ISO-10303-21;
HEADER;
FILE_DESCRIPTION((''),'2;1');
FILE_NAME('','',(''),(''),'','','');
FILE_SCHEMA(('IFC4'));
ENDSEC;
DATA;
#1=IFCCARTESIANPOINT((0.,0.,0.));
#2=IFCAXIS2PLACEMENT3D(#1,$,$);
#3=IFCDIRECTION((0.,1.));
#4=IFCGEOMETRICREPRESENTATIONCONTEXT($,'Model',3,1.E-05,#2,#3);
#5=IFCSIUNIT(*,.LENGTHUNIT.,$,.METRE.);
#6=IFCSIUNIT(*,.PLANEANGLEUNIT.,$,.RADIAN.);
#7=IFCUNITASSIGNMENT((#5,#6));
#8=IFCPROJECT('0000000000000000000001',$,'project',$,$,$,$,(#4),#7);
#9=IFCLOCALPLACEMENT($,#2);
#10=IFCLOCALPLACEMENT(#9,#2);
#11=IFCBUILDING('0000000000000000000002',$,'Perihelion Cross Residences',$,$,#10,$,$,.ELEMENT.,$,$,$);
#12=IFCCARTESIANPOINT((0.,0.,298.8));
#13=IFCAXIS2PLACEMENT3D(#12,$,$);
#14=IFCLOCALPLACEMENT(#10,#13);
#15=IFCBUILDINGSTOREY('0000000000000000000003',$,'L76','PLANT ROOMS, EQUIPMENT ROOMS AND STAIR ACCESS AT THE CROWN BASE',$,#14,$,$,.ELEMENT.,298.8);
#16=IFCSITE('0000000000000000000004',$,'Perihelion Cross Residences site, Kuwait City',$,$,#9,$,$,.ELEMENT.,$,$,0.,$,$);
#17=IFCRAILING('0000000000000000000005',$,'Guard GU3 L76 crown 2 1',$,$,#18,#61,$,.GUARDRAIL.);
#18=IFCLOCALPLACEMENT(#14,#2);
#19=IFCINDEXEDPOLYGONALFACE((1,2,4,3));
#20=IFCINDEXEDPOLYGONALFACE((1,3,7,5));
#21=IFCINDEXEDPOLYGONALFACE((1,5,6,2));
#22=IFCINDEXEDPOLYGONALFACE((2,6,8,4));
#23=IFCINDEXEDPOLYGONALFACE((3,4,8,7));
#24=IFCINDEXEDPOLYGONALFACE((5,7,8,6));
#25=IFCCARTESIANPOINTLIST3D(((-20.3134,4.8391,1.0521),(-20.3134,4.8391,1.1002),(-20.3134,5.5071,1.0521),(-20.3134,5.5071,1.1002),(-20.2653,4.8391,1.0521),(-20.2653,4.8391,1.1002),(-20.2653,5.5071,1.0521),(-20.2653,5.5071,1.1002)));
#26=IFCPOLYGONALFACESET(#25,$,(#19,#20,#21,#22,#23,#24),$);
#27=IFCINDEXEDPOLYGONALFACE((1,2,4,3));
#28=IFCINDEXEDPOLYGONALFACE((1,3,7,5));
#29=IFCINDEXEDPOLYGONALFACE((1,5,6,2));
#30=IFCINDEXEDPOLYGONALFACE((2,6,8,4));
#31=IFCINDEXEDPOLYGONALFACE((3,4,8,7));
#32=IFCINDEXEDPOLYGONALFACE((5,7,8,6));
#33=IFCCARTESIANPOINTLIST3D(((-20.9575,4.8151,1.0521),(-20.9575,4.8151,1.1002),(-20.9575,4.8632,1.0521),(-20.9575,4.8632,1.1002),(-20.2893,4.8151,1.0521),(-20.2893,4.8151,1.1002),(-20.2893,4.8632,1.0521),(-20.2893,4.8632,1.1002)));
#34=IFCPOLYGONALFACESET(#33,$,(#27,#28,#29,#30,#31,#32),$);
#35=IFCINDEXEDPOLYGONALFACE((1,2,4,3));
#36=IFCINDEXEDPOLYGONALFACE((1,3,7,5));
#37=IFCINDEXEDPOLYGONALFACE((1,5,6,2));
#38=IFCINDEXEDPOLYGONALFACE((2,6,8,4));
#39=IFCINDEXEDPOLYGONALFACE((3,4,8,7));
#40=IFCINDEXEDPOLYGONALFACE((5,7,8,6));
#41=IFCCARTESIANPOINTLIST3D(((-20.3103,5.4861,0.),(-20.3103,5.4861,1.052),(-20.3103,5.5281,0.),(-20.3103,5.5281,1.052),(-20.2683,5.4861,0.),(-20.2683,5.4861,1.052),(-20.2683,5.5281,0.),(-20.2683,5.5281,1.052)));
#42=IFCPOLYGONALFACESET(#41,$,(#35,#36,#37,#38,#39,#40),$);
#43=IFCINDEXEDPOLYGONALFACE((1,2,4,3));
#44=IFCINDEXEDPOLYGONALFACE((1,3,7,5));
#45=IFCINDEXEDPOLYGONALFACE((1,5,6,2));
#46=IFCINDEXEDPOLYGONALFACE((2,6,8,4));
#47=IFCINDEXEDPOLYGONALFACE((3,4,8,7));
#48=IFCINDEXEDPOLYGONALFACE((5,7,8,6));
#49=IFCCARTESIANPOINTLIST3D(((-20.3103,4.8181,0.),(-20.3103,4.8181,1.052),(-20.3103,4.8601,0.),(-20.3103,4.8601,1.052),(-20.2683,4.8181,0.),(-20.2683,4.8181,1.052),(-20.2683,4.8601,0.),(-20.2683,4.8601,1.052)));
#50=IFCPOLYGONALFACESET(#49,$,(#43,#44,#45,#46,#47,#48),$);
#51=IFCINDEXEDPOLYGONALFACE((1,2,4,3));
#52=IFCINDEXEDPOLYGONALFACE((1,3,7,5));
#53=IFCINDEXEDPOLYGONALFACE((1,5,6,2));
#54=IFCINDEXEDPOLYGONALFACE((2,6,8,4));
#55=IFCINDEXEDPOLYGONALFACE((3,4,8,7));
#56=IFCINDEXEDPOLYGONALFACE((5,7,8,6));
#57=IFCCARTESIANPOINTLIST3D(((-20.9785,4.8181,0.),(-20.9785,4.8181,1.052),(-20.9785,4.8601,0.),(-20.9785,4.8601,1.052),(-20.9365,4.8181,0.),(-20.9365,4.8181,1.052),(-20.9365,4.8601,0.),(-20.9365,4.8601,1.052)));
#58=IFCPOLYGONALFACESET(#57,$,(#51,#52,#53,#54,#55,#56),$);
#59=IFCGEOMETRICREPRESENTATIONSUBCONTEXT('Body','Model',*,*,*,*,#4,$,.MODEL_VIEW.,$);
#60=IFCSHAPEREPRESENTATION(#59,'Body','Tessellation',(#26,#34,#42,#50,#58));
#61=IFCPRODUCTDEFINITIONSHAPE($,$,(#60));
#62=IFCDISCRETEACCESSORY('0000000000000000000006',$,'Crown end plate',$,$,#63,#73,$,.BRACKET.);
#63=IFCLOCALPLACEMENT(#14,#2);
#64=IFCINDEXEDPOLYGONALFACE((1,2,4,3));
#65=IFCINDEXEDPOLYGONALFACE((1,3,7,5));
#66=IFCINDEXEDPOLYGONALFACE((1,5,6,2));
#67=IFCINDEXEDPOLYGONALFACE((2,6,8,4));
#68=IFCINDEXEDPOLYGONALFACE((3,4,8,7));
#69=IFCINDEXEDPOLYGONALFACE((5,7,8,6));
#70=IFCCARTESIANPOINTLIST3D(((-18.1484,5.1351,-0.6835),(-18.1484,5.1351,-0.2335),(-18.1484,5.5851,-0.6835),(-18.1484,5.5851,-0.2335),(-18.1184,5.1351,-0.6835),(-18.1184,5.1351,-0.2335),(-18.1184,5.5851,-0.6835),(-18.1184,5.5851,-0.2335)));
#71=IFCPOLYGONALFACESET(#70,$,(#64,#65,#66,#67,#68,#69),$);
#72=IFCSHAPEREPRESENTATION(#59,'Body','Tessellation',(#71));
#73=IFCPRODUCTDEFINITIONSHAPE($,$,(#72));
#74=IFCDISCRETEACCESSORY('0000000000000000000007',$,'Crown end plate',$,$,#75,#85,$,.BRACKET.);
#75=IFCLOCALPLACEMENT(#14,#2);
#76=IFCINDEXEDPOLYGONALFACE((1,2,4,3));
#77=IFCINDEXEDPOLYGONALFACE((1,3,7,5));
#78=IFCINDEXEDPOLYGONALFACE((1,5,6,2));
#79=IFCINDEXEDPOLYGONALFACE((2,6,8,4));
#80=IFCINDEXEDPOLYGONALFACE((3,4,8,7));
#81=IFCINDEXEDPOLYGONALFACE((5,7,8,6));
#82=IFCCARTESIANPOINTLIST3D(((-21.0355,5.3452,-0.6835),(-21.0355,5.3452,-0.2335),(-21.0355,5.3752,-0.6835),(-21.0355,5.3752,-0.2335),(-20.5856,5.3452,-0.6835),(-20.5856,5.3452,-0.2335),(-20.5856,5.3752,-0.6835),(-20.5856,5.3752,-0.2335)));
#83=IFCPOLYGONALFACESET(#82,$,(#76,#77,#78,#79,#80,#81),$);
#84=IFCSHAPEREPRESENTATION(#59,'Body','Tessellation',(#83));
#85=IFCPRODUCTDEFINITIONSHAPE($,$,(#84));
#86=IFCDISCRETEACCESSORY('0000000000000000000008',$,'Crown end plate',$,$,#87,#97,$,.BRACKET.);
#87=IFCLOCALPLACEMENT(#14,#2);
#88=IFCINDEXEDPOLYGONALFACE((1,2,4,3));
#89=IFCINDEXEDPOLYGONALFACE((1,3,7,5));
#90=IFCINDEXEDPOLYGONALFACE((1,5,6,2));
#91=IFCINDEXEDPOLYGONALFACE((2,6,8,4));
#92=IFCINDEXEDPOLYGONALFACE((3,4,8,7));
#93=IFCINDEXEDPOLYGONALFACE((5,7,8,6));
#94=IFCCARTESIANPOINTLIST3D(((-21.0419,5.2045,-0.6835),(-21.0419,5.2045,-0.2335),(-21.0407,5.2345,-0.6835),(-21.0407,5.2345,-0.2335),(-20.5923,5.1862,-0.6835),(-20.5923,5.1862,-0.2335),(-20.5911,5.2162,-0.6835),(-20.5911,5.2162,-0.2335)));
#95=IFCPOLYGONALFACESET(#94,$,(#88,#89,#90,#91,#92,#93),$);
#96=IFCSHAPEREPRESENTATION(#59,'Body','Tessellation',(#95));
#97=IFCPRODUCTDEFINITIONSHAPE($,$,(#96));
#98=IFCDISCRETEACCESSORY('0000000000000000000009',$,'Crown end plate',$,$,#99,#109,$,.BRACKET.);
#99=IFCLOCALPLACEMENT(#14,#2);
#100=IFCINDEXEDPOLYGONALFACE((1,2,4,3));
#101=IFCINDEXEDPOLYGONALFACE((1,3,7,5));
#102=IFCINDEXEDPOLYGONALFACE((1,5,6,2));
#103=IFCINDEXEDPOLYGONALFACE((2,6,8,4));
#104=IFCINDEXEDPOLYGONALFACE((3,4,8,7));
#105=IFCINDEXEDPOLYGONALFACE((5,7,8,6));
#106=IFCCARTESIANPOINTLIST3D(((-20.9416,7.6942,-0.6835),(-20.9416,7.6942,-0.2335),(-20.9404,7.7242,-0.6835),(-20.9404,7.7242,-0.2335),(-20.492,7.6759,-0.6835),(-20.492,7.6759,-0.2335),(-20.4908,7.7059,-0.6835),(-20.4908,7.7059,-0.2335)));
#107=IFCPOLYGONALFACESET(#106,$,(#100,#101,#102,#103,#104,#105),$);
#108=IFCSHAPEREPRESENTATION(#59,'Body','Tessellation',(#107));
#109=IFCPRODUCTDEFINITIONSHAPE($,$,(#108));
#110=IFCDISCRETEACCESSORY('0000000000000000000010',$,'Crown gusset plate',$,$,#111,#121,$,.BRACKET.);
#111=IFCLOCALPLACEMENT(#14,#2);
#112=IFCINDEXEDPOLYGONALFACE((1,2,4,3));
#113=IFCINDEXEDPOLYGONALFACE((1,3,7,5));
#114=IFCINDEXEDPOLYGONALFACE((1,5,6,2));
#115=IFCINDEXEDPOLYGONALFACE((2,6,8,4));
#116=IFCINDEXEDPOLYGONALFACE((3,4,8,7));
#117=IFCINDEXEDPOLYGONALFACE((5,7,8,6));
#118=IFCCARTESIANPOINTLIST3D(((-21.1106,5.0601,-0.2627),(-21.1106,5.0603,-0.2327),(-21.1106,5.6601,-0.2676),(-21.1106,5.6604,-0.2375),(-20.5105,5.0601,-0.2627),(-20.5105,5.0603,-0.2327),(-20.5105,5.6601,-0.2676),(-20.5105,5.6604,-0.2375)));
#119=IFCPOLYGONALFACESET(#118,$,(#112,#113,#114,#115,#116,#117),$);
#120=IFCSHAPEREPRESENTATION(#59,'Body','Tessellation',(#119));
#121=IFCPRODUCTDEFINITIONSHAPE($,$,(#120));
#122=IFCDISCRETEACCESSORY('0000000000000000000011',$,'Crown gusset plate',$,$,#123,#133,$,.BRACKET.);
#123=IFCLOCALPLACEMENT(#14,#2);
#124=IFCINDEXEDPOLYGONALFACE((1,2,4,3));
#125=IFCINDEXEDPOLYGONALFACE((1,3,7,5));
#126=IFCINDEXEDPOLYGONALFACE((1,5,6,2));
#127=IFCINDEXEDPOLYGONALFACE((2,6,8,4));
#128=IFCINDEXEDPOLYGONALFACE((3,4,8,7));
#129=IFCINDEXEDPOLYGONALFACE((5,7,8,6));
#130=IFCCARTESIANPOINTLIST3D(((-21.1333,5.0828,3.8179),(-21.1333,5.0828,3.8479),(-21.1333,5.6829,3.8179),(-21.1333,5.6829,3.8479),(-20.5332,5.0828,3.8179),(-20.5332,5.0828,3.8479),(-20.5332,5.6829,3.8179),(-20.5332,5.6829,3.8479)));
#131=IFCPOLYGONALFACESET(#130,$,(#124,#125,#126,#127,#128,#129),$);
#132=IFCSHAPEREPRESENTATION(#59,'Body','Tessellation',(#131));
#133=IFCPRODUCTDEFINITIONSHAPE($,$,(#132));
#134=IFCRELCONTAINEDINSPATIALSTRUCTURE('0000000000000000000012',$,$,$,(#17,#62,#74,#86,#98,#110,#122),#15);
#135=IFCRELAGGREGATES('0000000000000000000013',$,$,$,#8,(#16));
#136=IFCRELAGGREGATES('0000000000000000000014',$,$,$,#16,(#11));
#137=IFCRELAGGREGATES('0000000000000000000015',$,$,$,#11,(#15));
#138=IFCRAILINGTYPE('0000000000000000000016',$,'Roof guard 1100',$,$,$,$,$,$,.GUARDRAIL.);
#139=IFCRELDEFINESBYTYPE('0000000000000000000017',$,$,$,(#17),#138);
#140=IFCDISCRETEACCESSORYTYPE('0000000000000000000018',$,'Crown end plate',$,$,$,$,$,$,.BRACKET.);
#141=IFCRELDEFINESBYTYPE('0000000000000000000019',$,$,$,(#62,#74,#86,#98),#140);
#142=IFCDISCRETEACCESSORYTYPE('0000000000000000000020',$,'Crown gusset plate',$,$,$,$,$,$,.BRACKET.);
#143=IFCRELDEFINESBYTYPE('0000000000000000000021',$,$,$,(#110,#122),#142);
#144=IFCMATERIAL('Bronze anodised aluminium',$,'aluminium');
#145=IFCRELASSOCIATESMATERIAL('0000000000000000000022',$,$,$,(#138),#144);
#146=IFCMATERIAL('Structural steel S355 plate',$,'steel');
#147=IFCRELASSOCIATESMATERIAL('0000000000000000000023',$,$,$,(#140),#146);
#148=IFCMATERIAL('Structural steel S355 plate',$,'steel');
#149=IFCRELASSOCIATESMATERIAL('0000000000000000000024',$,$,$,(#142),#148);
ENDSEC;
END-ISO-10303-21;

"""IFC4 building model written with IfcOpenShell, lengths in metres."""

from ifc_helpers import new_model, si_unit, direction, frame, origin, origin_2d, place, context, subcontext, project, spatial, rectangle, extrude, material, material_profile, profile_set, type_object, element, save


model = new_model("IFC4")

# Units and contexts
model_context = context("Model", 3, precision=1e-05, world=origin(), true_north=direction((0.0, 1.0)))
body_context = subcontext(model_context, "Body", "Model", "MODEL_VIEW")
ifc_project = project(units=[si_unit("LENGTHUNIT", "METRE"), si_unit("PLANEANGLEUNIT", "RADIAN")], contexts=[model_context])

# Site, building, storey
site_placement = place(None, origin())
site = spatial("IfcSite", under=ifc_project, at=site_placement, Name="Perihelion Cross Residences site, Kuwait City", CompositionType="ELEMENT", RefElevation=0.0)
building_placement = place(site_placement, origin())
building = spatial("IfcBuilding", under=site, at=building_placement, Name="Perihelion Cross Residences", CompositionType="ELEMENT")
storey_placement = place(building_placement, frame((0.0, 0.0, 298.8)))
storey = spatial("IfcBuildingStorey", under=building, at=storey_placement, Name="L76", Description="PLANT ROOMS, EQUIPMENT ROOMS AND STAIR ACCESS AT THE CROWN BASE", CompositionType="ELEMENT", Elevation=298.8)

# Railing
ifc_material_1 = material(Name="Bronze anodised aluminium", Category="aluminium")
railing_type = type_object("IfcRailingType", Name="Roof guard 1100", PredefinedType="GUARDRAIL", material=ifc_material_1)
railing_placement = place(storey_placement, frame((-20.2893, 5.5071, 0.0)))
element("IfcRailing", 1, at=railing_placement, inside=storey, type_object=railing_type, Name="Guard GU3 L76 crown 2 1", PredefinedType="GUARDRAIL", context=body_context, shape_type="SweptSolid", body=[
    extrude(rectangle(XDim=0.0481, YDim=0.0481, at=origin_2d()), frame((0.0, 0.0, 1.0762), z_axis=(0.0, -1.0, 0.0), x_axis=(1.0, 0.0, 0.0)), (0.0, 0.0, 1.0), 0.668),
    extrude(rectangle(XDim=0.0481, YDim=0.0481, at=origin_2d()), frame((0.0, -0.668, 1.0762), z_axis=(-1.0, 0.0, 0.0), x_axis=(0.0, -1.0, 0.0)), (0.0, 0.0, 1.0), 0.6682),
    extrude(rectangle(XDim=0.042, YDim=0.042, at=origin_2d()), origin(), (0.0, 0.0, 1.0), 1.052),
    extrude(rectangle(XDim=0.042, YDim=0.042, at=origin_2d()), frame((0.0, -0.668, 0.0)), (0.0, 0.0, 1.0), 1.052),
    extrude(rectangle(XDim=0.042, YDim=0.042, at=origin_2d()), frame((-0.6682, -0.668, 0.0)), (0.0, 0.0, 1.0), 1.052),
])

# Discrete accessories
ifc_material_2 = material(Name="Structural steel S355 plate", Category="steel")
ifc_material_profile_1 = material_profile(ifc_material_2, rectangle(XDim=0.45, YDim=0.45, at=origin_2d()), Name="Crown end plate")
ifc_profile_set_1 = profile_set([ifc_material_profile_1], Name="Structural steel S355 plate")
discrete_accessory_type_1 = type_object("IfcDiscreteAccessoryType", Name="Crown end plate", PredefinedType="BRACKET", material=ifc_profile_set_1)
for number, where, z_axis, x_axis, name in (
    (2, (-18.1184, 5.3601, -0.4585), (-1.0, 0.0, 0.0), (0.0, -1.0, 0.0), "Crown end plate"),
    (3, (-20.8105, 5.3752, -0.4585), (0.0, -1.0, 0.0), (1.0, 0.0, 0.0), "Crown end plate"),
    (4, (-20.8171, 5.1953, -0.4585), (0.040617, 0.999175, 0.0), (-0.999175, 0.040617, 0.0), "Crown end plate"),
    (5, (-20.7168, 7.6851, -0.4585), (0.040617, 0.999175, 0.0), (-0.999175, 0.040617, 0.0), "Crown end plate"),
):
    element("IfcDiscreteAccessory", number, at=place(storey_placement, frame(where, z_axis=z_axis, x_axis=x_axis)), inside=storey, type_object=discrete_accessory_type_1, Name=name, PredefinedType="BRACKET", context=body_context, shape_type="SweptSolid", body=[
        extrude(rectangle(XDim=0.45, YDim=0.45, at=origin_2d()), origin(), (0.0, 0.0, 1.0), 0.03),
    ])
ifc_material_3 = material(Name="Structural steel S355 plate", Category="steel")
ifc_material_profile_2 = material_profile(ifc_material_3, rectangle(XDim=0.6001, YDim=0.6001, at=origin_2d()), Name="Crown gusset plate")
ifc_profile_set_2 = profile_set([ifc_material_profile_2], Name="Structural steel S355 plate")
discrete_accessory_type_2 = type_object("IfcDiscreteAccessoryType", Name="Crown gusset plate", PredefinedType="BRACKET", material=ifc_profile_set_2)
for number, where, z_axis, x_axis, name in (
    (6, (-20.8105, 5.3601, -0.2651), (0.0, 0.00813, 0.999967), (-1.0, 0.0, 0.0), "Crown gusset plate"),
    (7, (-20.8333, 5.3828, 3.8179), (0.0, 0.0, 1.0), (1.0, 0.0, 0.0), "Crown gusset plate"),
):
    element("IfcDiscreteAccessory", number, at=place(storey_placement, frame(where, z_axis=z_axis, x_axis=x_axis)), inside=storey, type_object=discrete_accessory_type_2, Name=name, PredefinedType="BRACKET", context=body_context, shape_type="SweptSolid", body=[
        extrude(rectangle(XDim=0.6001, YDim=0.6001, at=origin_2d()), origin(), (0.0, 0.0, 1.0), 0.03),
    ])

save(model, "model.ifc")
